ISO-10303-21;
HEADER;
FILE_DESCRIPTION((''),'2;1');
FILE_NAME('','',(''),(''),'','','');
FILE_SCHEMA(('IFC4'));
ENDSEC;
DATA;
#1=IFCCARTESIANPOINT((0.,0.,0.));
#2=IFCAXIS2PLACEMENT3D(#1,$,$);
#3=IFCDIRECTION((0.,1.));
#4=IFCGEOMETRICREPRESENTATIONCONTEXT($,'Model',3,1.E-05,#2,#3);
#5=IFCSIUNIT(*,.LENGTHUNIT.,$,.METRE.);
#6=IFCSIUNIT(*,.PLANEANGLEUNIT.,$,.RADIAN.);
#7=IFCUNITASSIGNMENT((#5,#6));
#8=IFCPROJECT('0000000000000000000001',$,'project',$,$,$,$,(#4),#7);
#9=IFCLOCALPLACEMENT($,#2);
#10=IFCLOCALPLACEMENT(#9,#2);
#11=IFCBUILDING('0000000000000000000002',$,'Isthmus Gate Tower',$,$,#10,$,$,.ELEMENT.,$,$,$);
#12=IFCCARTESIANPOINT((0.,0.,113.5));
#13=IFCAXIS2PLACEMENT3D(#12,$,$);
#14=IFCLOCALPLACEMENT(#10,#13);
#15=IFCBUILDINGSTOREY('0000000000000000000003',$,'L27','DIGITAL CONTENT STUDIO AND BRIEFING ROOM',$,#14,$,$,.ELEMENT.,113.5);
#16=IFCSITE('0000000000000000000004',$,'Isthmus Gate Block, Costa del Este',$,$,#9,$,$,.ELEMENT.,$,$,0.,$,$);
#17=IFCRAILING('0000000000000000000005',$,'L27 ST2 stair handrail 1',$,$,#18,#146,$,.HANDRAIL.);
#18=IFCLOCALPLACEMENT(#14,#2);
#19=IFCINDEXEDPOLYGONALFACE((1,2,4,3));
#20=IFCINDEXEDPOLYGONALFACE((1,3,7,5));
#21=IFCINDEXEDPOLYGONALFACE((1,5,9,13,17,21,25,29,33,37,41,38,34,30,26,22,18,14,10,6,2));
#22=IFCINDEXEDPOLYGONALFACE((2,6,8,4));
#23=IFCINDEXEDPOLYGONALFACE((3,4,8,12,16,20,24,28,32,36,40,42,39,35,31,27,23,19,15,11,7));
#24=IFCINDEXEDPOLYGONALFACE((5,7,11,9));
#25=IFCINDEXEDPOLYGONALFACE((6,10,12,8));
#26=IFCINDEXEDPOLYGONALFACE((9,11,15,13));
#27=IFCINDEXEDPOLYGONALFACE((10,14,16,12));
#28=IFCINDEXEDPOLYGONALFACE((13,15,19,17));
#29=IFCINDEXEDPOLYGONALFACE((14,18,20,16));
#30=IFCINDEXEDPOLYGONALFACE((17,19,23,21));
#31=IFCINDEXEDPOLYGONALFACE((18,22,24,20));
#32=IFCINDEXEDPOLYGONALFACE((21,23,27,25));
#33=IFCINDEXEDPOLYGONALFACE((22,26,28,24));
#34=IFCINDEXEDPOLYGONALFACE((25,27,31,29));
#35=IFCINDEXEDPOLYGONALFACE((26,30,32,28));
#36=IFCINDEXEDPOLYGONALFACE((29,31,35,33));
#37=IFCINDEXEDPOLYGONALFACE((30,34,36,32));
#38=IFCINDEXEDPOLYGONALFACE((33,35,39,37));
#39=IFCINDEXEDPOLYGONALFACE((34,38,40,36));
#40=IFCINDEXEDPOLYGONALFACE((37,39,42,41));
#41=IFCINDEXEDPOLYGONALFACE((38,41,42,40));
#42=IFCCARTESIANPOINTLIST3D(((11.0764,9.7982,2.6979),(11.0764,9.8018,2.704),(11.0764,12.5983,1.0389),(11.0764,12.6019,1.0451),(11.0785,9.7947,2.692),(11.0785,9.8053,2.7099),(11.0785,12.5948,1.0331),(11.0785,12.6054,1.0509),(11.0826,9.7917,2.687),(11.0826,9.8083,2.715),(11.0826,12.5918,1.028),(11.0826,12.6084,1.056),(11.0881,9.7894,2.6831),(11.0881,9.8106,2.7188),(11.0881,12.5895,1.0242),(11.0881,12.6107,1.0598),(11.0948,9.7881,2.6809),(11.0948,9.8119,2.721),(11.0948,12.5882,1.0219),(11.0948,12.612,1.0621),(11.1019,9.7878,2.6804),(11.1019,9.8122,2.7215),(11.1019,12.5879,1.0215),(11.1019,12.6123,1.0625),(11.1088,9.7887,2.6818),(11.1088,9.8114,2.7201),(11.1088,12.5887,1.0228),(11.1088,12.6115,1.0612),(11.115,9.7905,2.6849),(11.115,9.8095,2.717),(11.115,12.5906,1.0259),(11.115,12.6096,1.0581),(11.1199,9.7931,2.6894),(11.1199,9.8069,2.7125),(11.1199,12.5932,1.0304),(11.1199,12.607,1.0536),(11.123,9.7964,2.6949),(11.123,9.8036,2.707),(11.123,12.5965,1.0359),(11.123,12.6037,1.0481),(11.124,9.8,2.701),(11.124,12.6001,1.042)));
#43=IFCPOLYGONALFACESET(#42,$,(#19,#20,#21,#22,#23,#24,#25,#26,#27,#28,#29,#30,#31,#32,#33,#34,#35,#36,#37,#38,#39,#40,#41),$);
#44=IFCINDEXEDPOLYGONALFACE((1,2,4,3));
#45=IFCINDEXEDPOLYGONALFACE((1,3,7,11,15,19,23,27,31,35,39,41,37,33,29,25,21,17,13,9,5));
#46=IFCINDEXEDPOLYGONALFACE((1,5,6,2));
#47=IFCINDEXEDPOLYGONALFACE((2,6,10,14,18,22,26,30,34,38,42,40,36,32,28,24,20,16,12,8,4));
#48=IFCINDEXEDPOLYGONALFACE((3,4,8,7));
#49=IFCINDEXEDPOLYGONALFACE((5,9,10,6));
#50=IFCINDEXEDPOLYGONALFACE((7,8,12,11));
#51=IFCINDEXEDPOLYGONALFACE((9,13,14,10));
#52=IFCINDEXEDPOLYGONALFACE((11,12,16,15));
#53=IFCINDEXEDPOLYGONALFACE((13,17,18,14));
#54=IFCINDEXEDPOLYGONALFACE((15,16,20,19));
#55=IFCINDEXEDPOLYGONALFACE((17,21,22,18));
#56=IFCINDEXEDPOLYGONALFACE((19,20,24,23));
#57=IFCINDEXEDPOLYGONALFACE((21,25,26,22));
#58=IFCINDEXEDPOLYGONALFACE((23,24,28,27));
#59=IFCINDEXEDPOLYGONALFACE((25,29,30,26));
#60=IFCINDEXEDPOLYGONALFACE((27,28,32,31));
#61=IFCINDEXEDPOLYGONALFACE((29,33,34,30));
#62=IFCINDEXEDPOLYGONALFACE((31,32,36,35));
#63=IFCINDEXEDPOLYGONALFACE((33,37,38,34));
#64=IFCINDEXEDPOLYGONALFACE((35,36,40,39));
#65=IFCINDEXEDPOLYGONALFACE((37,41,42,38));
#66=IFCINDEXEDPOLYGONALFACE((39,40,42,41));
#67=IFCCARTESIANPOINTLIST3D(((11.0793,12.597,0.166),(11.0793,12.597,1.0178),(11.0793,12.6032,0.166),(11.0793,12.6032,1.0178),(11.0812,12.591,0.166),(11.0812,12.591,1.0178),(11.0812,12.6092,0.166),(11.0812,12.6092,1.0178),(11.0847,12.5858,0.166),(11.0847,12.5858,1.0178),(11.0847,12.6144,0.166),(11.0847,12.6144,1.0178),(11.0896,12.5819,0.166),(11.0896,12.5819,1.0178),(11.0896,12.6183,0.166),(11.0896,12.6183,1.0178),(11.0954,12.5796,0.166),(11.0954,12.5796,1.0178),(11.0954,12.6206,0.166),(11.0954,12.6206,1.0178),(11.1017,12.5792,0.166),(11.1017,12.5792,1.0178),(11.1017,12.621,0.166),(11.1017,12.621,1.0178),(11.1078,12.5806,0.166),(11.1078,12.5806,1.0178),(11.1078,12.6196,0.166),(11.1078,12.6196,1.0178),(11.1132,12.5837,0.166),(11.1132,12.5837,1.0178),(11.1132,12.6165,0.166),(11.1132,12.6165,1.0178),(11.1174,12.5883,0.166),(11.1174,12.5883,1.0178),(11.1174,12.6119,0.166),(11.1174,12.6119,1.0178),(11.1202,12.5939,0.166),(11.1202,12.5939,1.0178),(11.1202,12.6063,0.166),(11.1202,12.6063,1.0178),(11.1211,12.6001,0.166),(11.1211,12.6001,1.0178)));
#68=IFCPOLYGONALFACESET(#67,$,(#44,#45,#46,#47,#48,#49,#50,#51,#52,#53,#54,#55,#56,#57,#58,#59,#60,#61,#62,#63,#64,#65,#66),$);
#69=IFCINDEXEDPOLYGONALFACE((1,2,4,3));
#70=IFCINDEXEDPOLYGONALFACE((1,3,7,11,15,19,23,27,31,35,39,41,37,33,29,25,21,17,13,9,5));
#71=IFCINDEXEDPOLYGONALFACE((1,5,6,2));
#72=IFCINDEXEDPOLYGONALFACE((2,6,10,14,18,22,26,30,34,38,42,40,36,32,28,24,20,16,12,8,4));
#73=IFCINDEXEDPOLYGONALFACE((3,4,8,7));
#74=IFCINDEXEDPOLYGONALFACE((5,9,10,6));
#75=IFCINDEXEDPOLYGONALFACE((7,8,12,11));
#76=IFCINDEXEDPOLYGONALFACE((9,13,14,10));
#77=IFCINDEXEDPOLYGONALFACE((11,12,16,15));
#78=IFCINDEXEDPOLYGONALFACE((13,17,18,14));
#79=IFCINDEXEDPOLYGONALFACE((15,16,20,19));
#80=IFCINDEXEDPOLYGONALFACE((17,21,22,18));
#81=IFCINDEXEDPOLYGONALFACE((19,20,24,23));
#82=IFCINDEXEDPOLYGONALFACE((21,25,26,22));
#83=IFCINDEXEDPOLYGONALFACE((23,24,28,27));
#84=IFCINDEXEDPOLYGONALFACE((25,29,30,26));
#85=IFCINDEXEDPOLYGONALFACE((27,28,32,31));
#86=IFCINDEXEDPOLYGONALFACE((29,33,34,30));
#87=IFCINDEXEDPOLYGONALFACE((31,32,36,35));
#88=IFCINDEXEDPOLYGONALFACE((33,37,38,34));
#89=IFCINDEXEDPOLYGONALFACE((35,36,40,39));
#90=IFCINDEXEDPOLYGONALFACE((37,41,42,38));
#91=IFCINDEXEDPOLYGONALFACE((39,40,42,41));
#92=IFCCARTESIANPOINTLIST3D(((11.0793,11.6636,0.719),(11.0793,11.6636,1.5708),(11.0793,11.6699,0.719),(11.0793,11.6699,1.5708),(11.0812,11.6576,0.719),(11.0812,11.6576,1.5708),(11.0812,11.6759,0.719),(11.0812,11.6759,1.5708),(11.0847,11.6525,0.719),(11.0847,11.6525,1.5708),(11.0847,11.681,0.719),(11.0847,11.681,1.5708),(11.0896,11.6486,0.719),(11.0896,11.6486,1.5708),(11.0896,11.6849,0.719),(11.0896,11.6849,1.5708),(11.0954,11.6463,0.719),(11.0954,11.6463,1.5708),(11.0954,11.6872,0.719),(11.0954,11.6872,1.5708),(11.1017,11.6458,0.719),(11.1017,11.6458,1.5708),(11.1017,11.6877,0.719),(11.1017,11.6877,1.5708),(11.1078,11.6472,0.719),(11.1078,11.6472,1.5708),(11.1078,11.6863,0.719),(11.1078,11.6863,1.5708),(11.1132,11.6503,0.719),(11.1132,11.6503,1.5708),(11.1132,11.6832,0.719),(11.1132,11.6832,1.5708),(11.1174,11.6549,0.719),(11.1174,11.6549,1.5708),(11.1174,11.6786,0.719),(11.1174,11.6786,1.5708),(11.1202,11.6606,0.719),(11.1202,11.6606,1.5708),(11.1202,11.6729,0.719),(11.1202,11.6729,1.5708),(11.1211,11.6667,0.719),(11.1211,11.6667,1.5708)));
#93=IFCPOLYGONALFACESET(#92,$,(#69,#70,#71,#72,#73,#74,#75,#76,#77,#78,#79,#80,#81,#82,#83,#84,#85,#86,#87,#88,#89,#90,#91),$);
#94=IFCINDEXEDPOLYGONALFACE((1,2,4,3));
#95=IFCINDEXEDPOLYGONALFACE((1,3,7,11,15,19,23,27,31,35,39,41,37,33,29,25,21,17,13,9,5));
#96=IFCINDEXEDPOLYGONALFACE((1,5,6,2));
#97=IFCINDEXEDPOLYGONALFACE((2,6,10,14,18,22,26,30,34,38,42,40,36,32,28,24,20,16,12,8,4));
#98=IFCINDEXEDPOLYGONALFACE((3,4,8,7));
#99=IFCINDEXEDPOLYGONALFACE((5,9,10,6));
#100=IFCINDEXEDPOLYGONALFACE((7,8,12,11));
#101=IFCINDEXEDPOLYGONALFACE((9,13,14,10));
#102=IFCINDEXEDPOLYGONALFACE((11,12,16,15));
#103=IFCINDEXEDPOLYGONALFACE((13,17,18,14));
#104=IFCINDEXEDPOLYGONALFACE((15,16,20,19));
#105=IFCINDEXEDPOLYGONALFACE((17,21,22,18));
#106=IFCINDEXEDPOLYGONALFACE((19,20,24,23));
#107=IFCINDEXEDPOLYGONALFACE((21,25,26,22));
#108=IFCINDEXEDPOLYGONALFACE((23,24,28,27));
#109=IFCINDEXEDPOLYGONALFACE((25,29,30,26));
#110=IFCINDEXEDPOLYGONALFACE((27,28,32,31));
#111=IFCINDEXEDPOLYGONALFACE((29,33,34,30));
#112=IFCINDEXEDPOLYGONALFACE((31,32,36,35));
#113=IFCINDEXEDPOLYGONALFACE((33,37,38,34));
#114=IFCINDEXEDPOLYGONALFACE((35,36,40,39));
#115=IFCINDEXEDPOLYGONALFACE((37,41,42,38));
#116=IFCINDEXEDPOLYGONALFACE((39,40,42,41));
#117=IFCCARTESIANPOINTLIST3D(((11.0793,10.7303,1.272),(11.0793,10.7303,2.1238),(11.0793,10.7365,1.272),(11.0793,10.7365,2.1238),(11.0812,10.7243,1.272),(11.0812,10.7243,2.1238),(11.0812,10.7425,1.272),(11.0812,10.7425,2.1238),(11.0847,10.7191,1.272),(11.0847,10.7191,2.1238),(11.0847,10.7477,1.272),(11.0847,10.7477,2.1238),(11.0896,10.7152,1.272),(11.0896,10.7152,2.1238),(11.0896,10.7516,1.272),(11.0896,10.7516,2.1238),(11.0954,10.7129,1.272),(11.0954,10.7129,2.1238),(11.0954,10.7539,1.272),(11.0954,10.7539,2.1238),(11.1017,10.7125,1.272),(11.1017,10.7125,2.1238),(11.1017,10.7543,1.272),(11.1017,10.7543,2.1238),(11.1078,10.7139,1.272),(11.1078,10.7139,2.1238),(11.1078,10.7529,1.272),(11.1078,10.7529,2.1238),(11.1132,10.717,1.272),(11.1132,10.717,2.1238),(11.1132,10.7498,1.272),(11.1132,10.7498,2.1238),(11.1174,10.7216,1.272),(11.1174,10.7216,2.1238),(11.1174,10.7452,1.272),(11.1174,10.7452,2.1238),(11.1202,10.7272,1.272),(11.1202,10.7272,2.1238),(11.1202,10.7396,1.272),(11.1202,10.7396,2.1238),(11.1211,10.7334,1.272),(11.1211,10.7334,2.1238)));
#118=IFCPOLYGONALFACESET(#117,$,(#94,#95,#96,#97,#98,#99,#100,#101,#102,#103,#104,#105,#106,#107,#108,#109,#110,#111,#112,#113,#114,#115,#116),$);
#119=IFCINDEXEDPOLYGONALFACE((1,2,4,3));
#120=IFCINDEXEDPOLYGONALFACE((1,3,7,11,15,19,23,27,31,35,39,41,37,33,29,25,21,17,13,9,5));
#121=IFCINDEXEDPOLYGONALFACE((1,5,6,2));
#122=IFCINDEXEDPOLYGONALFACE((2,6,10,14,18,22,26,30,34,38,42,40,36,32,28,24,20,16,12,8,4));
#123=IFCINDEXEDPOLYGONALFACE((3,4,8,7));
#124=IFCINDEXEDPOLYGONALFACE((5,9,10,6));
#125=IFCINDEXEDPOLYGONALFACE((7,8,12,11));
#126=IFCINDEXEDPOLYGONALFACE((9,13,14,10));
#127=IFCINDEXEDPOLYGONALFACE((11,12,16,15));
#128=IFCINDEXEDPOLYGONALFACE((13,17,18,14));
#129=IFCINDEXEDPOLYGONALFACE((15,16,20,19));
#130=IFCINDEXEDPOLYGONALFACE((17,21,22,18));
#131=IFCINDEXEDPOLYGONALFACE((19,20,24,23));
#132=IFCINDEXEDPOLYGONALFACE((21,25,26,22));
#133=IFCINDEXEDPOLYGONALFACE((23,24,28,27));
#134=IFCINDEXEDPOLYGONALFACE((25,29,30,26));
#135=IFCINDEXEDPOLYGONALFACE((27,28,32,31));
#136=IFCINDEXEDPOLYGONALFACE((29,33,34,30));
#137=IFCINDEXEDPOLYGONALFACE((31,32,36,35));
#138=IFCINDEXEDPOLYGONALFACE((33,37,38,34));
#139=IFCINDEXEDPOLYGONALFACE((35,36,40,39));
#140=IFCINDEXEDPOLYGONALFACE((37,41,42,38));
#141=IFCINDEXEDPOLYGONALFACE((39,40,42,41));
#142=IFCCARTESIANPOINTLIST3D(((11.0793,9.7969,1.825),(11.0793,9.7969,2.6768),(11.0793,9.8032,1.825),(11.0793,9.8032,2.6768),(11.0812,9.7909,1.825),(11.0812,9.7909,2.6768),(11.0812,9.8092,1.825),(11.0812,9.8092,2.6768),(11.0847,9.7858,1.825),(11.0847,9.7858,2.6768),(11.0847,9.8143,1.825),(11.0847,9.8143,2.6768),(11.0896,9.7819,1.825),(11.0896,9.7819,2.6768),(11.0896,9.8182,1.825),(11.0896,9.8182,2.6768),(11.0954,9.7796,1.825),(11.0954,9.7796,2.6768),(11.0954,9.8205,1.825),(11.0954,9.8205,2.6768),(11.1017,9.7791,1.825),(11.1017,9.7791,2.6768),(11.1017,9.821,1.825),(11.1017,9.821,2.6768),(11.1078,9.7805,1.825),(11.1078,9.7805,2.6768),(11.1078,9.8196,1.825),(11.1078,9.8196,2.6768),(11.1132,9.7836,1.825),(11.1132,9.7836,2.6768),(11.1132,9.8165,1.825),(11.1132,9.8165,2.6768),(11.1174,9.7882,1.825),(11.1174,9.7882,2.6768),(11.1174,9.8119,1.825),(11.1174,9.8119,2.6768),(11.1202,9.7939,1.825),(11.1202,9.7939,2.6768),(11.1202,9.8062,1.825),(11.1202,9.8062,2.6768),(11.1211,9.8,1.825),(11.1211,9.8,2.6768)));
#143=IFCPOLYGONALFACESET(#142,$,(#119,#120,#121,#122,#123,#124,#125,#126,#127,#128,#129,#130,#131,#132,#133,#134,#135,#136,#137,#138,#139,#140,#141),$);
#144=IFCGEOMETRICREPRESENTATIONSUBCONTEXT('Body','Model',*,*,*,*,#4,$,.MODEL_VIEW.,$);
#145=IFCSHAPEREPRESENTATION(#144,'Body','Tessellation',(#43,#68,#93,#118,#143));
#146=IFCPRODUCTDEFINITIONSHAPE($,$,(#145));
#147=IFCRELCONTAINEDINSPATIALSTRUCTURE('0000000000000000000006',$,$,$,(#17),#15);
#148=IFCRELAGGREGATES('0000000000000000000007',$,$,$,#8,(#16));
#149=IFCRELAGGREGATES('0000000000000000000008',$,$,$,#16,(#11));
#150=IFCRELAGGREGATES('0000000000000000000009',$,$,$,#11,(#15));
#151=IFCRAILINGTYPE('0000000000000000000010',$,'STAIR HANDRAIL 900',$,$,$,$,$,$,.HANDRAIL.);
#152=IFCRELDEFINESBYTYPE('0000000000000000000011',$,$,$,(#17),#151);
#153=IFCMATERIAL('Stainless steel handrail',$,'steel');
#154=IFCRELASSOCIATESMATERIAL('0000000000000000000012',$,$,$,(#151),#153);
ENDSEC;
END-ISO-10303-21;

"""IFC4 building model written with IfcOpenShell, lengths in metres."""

from ifc_helpers import new_model, si_unit, direction, frame, origin, origin_2d, place, context, subcontext, project, spatial, circle, extrude, material, type_object, element, save


model = new_model("IFC4")

# Units and contexts
model_context = context("Model", 3, precision=1e-05, world=origin(), true_north=direction((0.0, 1.0)))
body_context = subcontext(model_context, "Body", "Model", "MODEL_VIEW")
ifc_project = project(units=[si_unit("LENGTHUNIT", "METRE"), si_unit("PLANEANGLEUNIT", "RADIAN")], contexts=[model_context])

# Site, building, storey
site_placement = place(None, origin())
site = spatial("IfcSite", under=ifc_project, at=site_placement, Name="Isthmus Gate Block, Costa del Este", CompositionType="ELEMENT", RefElevation=0.0)
building_placement = place(site_placement, origin())
building = spatial("IfcBuilding", under=site, at=building_placement, Name="Isthmus Gate Tower", CompositionType="ELEMENT")
storey_placement = place(building_placement, frame((0.0, 0.0, 113.5)))
storey = spatial("IfcBuildingStorey", under=building, at=storey_placement, Name="L27", Description="DIGITAL CONTENT STUDIO AND BRIEFING ROOM", CompositionType="ELEMENT", Elevation=113.5)

# Railing
ifc_material_1 = material(Name="Stainless steel handrail", Category="steel")
railing_type_1 = type_object("IfcRailingType", Name="STAIR HANDRAIL 900", PredefinedType="HANDRAIL", material=ifc_material_1)
railing_1_placement = place(storey_placement, frame((11.1001, 12.6001, 0.166)))
element("IfcRailing", 1, at=railing_1_placement, inside=storey, type_object=railing_type_1, Name="L27 ST2 stair handrail 1", PredefinedType="HANDRAIL", context=body_context, shape_type="SweptSolid", body=[
    extrude(circle(Radius=0.0239, at=origin_2d()), frame((0.0, 0.0, 0.876), z_axis=(0.0, -0.860339, 0.509722), x_axis=(1.0, 0.0, 0.0)), (0.0, 0.0, 1.0), 3.2546),
    extrude(circle(Radius=0.021, at=origin_2d()), origin(), (0.0, 0.0, 1.0), 0.8518),
    extrude(circle(Radius=0.021, at=origin_2d()), frame((0.0, -0.9333, 0.553)), (0.0, 0.0, 1.0), 0.8518),
    extrude(circle(Radius=0.021, at=origin_2d()), frame((0.0, -1.8667, 1.106)), (0.0, 0.0, 1.0), 0.8518),
    extrude(circle(Radius=0.021, at=origin_2d()), frame((0.0, -2.8, 1.6589)), (0.0, 0.0, 1.0), 0.8518),
])

save(model, "model.ifc")
